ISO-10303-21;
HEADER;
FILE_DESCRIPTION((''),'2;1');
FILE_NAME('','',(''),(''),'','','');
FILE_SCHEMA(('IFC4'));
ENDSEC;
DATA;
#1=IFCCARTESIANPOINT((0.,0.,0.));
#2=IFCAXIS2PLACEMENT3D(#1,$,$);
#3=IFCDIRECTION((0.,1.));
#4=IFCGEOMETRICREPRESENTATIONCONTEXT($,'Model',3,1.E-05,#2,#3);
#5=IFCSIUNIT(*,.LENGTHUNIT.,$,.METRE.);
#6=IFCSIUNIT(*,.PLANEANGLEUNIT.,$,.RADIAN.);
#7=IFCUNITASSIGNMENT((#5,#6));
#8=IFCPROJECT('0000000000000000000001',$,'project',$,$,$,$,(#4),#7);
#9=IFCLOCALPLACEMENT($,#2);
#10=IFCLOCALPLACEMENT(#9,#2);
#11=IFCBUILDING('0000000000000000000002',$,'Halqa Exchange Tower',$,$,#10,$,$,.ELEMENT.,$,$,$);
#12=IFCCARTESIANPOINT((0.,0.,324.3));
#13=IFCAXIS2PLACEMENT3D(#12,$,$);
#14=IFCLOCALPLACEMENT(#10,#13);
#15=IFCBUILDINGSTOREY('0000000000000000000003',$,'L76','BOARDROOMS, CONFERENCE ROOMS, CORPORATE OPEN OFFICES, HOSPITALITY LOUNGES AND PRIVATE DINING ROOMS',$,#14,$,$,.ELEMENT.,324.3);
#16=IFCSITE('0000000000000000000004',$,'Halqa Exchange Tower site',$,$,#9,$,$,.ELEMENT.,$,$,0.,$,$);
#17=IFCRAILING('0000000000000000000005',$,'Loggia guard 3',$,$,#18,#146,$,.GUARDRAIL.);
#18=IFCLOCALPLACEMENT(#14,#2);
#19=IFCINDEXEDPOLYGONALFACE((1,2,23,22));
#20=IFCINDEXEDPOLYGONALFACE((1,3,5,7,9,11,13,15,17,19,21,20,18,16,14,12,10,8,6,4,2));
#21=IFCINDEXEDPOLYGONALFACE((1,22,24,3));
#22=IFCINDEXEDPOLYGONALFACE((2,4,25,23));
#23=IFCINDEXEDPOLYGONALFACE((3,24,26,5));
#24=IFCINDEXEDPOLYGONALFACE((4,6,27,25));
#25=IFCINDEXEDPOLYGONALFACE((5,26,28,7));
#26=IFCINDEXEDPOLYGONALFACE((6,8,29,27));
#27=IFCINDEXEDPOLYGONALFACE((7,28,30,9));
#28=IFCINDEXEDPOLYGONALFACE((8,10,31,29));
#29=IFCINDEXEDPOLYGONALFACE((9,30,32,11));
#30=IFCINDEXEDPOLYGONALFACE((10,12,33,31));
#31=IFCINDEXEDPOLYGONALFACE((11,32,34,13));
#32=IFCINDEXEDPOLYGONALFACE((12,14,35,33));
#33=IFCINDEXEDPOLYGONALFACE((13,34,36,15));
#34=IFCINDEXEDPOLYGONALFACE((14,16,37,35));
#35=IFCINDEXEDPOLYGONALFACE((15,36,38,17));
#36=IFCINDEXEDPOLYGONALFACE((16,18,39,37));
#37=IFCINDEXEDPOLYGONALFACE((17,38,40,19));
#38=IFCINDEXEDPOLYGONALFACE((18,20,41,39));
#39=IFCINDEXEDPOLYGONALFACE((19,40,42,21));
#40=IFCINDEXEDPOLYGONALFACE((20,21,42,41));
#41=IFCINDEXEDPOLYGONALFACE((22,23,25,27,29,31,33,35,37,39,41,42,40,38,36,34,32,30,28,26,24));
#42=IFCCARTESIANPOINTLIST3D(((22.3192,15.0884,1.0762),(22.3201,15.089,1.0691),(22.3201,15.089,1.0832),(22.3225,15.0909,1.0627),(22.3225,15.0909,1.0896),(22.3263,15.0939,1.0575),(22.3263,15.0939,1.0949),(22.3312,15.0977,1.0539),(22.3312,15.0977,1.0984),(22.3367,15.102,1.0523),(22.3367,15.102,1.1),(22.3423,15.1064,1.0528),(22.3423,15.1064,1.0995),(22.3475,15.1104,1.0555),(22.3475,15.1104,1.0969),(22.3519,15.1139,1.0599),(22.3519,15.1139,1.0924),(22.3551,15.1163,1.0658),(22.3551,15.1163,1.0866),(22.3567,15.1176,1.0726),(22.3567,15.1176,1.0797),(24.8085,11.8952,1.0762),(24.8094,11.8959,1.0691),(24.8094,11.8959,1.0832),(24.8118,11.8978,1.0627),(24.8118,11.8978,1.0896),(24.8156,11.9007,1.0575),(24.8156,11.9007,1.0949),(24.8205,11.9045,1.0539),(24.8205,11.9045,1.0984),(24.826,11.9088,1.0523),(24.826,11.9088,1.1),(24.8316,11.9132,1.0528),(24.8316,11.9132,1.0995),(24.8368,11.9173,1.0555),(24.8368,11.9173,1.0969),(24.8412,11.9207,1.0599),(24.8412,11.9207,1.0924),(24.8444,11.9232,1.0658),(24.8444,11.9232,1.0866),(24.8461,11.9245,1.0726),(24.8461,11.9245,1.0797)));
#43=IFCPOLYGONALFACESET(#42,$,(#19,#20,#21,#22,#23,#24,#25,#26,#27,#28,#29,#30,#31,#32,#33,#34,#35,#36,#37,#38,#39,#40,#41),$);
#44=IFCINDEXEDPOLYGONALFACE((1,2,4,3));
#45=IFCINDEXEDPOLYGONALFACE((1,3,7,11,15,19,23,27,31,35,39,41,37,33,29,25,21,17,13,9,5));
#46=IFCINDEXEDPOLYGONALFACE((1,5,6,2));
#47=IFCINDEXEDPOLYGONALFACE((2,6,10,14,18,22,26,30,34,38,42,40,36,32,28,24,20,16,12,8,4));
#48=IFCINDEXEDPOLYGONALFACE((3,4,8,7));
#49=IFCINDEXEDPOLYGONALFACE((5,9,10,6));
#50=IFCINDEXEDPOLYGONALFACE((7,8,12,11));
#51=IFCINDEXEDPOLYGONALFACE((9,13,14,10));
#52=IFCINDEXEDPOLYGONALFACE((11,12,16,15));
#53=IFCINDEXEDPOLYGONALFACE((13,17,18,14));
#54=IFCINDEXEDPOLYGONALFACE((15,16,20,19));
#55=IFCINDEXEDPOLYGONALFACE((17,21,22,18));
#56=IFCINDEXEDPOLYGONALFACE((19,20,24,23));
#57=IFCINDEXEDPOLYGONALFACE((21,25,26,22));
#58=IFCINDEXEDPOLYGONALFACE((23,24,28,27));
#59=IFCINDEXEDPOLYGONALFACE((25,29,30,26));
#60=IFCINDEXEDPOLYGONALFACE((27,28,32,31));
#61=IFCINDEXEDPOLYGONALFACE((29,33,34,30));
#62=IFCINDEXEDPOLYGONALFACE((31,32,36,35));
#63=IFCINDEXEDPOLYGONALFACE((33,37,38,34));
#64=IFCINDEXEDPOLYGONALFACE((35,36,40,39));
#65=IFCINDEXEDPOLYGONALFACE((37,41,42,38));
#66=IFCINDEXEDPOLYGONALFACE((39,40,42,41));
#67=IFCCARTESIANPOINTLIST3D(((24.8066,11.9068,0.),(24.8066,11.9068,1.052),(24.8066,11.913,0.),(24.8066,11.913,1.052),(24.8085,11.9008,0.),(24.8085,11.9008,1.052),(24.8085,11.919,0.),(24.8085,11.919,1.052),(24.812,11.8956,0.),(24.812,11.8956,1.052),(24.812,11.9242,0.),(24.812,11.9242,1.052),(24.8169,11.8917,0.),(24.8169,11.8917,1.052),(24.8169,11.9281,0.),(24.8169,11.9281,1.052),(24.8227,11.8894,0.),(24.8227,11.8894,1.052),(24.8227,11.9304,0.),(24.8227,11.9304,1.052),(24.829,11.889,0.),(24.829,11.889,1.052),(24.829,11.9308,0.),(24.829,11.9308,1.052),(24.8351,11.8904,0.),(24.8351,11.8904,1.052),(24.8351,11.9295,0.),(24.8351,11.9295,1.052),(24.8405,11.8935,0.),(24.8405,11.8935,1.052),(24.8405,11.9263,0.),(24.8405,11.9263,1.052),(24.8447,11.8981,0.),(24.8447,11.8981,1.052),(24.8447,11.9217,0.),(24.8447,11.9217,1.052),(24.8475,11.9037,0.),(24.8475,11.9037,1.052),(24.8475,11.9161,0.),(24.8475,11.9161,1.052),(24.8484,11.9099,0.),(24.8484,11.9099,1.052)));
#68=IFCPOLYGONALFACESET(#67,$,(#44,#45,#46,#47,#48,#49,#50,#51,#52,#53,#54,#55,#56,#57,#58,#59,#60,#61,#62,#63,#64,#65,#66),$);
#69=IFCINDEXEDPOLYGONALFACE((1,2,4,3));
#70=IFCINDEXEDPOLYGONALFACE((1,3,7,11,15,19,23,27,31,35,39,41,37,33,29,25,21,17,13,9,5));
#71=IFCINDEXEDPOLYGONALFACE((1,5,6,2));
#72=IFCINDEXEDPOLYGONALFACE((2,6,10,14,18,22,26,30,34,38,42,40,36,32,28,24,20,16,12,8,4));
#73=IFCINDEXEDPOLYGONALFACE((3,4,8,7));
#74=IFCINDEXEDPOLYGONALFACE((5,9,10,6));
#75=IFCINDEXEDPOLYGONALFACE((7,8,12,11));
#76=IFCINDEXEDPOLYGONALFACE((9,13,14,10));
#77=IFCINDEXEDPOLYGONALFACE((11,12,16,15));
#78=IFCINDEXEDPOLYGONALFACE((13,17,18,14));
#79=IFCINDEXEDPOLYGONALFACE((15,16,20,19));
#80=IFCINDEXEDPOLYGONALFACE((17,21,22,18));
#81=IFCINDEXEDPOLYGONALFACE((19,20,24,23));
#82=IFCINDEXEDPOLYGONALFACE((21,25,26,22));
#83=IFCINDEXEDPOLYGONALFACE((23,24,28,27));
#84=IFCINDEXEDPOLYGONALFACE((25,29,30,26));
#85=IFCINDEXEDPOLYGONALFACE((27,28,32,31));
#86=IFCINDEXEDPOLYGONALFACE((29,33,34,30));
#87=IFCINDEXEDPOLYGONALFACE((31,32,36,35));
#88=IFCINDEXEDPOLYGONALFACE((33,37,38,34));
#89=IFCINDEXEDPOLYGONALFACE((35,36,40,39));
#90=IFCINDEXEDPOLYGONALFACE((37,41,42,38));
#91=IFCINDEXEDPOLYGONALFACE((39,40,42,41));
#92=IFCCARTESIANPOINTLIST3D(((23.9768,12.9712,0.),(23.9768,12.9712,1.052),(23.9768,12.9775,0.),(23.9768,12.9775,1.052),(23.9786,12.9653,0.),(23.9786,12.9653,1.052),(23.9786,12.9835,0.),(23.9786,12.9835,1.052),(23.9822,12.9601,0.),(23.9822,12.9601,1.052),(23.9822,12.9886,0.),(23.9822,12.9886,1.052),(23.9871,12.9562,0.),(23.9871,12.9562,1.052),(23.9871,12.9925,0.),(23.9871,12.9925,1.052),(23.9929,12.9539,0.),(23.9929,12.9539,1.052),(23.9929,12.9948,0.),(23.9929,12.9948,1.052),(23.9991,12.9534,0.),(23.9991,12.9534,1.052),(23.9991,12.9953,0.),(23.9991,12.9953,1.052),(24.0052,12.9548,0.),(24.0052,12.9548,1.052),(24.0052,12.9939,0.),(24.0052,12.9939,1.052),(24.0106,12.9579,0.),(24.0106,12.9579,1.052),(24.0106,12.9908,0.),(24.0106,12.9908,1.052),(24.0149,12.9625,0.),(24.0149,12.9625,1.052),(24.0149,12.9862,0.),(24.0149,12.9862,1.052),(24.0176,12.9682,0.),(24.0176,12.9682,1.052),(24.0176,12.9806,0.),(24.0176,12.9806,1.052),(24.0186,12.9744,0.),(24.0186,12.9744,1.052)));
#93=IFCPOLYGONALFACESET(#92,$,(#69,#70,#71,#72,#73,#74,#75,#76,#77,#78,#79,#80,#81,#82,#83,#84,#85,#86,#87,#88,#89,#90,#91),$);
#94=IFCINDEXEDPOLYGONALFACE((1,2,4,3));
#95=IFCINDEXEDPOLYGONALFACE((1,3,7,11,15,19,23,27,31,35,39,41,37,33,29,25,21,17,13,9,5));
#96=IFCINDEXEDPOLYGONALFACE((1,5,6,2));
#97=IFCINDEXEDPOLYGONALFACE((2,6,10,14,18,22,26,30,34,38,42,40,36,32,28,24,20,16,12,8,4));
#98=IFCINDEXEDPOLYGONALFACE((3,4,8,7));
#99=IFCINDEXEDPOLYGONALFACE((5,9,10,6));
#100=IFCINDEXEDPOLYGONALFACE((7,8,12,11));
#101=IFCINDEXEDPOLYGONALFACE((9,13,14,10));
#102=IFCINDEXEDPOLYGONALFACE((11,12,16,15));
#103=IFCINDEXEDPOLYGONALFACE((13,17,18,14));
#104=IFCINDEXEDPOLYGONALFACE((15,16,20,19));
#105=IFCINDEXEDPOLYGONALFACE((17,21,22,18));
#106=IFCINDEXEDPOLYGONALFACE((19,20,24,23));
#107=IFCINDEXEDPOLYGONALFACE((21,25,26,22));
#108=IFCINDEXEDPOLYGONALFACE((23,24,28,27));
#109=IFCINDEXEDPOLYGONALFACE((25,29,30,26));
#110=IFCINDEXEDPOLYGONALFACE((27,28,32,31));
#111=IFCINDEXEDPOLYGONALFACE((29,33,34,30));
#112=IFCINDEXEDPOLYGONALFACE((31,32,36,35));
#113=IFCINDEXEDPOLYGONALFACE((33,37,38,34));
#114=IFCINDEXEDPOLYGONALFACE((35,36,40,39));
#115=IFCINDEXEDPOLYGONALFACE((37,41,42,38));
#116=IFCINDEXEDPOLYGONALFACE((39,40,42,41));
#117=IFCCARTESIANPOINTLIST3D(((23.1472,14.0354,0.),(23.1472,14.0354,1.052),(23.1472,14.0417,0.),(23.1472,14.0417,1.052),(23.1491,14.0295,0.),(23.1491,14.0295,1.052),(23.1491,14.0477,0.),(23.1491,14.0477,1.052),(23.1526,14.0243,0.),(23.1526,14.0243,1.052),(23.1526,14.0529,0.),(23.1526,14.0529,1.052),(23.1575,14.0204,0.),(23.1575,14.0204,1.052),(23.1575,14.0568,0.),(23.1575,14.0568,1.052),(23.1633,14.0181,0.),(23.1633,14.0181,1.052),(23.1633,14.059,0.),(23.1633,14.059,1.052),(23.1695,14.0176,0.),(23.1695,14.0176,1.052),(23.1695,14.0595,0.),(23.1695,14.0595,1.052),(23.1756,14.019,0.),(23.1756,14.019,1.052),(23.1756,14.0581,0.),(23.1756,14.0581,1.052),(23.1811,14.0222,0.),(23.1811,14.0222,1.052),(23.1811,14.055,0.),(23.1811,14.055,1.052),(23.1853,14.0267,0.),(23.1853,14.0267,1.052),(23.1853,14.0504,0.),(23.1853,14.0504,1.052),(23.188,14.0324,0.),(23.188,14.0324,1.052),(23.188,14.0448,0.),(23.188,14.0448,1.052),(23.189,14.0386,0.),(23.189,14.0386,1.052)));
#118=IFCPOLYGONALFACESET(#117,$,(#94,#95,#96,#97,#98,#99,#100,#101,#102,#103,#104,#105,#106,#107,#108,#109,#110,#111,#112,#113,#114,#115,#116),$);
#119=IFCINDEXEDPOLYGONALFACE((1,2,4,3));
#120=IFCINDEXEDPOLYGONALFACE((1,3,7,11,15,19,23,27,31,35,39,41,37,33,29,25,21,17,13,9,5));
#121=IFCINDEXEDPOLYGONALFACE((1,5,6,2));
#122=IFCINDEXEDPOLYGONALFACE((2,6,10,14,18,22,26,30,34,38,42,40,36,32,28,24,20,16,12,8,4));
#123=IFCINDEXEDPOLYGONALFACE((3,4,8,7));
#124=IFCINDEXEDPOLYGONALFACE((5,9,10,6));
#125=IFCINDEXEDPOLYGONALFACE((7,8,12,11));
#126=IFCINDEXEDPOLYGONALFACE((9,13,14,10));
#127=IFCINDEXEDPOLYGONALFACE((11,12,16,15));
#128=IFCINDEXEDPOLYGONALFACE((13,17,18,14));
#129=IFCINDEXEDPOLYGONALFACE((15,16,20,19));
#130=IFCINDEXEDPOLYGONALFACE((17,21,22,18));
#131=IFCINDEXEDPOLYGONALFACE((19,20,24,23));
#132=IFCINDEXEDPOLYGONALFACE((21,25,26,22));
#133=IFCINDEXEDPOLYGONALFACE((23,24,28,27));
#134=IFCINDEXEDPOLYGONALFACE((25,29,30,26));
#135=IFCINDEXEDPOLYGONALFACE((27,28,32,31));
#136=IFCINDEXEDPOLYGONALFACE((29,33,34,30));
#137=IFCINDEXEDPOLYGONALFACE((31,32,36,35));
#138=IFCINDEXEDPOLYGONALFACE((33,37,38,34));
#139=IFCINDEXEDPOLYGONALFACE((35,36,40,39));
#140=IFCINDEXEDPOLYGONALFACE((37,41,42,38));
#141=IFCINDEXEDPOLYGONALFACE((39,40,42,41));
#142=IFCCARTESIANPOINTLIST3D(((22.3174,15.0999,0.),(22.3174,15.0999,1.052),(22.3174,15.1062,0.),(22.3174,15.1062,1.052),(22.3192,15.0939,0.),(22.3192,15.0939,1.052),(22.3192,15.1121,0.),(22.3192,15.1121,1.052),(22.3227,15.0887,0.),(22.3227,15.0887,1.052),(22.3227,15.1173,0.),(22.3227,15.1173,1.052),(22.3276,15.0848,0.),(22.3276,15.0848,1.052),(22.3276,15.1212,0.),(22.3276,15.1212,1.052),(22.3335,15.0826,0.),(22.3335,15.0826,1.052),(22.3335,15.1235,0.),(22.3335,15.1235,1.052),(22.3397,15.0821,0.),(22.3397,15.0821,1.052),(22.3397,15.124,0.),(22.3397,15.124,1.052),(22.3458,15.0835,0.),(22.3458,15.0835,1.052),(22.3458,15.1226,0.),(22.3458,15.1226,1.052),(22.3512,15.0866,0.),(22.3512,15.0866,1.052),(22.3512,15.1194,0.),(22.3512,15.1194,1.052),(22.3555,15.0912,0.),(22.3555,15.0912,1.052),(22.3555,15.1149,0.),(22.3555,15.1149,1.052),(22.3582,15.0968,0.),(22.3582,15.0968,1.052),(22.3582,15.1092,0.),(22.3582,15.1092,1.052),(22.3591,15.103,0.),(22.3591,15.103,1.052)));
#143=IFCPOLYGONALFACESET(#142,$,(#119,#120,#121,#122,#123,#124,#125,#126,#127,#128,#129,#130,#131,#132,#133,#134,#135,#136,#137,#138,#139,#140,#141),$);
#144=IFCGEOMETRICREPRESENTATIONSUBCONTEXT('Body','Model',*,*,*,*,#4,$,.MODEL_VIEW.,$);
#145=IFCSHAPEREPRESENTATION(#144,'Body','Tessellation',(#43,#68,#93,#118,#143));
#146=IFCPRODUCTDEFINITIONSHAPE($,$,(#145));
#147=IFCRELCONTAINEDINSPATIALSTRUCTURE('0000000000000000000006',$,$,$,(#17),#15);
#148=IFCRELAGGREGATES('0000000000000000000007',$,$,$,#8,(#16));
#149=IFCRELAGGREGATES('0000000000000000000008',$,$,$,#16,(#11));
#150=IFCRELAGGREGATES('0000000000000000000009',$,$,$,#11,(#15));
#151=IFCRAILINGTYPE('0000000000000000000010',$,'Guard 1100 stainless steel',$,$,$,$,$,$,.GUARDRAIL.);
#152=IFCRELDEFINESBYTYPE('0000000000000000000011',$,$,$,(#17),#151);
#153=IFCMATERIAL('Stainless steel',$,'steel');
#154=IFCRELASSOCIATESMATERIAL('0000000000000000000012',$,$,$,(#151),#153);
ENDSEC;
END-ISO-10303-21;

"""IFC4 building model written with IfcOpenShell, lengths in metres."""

from ifc_helpers import new_model, si_unit, direction, frame, origin, origin_2d, place, context, subcontext, project, spatial, circle, extrude, material, type_object, element, save


model = new_model("IFC4")

# Units and contexts
model_context = context("Model", 3, precision=1e-05, world=origin(), true_north=direction((0.0, 1.0)))
body_context = subcontext(model_context, "Body", "Model", "MODEL_VIEW")
ifc_project = project(units=[si_unit("LENGTHUNIT", "METRE"), si_unit("PLANEANGLEUNIT", "RADIAN")], contexts=[model_context])

# Site, building, storey
site_placement = place(None, origin())
site = spatial("IfcSite", under=ifc_project, at=site_placement, Name="Halqa Exchange Tower site", CompositionType="ELEMENT", RefElevation=0.0)
building_placement = place(site_placement, origin())
building = spatial("IfcBuilding", under=site, at=building_placement, Name="Halqa Exchange Tower", CompositionType="ELEMENT")
storey_placement = place(building_placement, frame((0.0, 0.0, 324.3)))
storey = spatial("IfcBuildingStorey", under=building, at=storey_placement, Name="L76", Description="BOARDROOMS, CONFERENCE ROOMS, CORPORATE OPEN OFFICES, HOSPITALITY LOUNGES AND PRIVATE DINING ROOMS", CompositionType="ELEMENT", Elevation=324.3)

# Railing
ifc_material_1 = material(Name="Stainless steel", Category="steel")
railing_type = type_object("IfcRailingType", Name="Guard 1100 stainless steel", PredefinedType="GUARDRAIL", material=ifc_material_1)
railing_1_placement = place(storey_placement, frame((24.8274, 11.9099, 0.0)))
element("IfcRailing", 1, at=railing_1_placement, inside=storey, type_object=railing_type, Name="Loggia guard 3", PredefinedType="GUARDRAIL", context=body_context, shape_type="SweptSolid", body=[
    extrude(circle(Radius=0.0239, at=origin_2d()), frame((0.0, 0.0, 1.0762), z_axis=(-0.614821, 0.788667, 0.0), x_axis=(-0.788667, -0.614821, 0.0)), (0.0, 0.0, 1.0), 4.0488),
    extrude(circle(Radius=0.021, at=origin_2d()), origin(), (0.0, 0.0, 1.0), 1.052),
    extrude(circle(Radius=0.021, at=origin_2d()), frame((-0.8298, 1.0645, 0.0)), (0.0, 0.0, 1.0), 1.052),
    extrude(circle(Radius=0.021, at=origin_2d()), frame((-1.6594, 2.1287, 0.0)), (0.0, 0.0, 1.0), 1.052),
    extrude(circle(Radius=0.021, at=origin_2d()), frame((-2.4893, 3.1931, 0.0)), (0.0, 0.0, 1.0), 1.052),
])

save(model, "model.ifc")
